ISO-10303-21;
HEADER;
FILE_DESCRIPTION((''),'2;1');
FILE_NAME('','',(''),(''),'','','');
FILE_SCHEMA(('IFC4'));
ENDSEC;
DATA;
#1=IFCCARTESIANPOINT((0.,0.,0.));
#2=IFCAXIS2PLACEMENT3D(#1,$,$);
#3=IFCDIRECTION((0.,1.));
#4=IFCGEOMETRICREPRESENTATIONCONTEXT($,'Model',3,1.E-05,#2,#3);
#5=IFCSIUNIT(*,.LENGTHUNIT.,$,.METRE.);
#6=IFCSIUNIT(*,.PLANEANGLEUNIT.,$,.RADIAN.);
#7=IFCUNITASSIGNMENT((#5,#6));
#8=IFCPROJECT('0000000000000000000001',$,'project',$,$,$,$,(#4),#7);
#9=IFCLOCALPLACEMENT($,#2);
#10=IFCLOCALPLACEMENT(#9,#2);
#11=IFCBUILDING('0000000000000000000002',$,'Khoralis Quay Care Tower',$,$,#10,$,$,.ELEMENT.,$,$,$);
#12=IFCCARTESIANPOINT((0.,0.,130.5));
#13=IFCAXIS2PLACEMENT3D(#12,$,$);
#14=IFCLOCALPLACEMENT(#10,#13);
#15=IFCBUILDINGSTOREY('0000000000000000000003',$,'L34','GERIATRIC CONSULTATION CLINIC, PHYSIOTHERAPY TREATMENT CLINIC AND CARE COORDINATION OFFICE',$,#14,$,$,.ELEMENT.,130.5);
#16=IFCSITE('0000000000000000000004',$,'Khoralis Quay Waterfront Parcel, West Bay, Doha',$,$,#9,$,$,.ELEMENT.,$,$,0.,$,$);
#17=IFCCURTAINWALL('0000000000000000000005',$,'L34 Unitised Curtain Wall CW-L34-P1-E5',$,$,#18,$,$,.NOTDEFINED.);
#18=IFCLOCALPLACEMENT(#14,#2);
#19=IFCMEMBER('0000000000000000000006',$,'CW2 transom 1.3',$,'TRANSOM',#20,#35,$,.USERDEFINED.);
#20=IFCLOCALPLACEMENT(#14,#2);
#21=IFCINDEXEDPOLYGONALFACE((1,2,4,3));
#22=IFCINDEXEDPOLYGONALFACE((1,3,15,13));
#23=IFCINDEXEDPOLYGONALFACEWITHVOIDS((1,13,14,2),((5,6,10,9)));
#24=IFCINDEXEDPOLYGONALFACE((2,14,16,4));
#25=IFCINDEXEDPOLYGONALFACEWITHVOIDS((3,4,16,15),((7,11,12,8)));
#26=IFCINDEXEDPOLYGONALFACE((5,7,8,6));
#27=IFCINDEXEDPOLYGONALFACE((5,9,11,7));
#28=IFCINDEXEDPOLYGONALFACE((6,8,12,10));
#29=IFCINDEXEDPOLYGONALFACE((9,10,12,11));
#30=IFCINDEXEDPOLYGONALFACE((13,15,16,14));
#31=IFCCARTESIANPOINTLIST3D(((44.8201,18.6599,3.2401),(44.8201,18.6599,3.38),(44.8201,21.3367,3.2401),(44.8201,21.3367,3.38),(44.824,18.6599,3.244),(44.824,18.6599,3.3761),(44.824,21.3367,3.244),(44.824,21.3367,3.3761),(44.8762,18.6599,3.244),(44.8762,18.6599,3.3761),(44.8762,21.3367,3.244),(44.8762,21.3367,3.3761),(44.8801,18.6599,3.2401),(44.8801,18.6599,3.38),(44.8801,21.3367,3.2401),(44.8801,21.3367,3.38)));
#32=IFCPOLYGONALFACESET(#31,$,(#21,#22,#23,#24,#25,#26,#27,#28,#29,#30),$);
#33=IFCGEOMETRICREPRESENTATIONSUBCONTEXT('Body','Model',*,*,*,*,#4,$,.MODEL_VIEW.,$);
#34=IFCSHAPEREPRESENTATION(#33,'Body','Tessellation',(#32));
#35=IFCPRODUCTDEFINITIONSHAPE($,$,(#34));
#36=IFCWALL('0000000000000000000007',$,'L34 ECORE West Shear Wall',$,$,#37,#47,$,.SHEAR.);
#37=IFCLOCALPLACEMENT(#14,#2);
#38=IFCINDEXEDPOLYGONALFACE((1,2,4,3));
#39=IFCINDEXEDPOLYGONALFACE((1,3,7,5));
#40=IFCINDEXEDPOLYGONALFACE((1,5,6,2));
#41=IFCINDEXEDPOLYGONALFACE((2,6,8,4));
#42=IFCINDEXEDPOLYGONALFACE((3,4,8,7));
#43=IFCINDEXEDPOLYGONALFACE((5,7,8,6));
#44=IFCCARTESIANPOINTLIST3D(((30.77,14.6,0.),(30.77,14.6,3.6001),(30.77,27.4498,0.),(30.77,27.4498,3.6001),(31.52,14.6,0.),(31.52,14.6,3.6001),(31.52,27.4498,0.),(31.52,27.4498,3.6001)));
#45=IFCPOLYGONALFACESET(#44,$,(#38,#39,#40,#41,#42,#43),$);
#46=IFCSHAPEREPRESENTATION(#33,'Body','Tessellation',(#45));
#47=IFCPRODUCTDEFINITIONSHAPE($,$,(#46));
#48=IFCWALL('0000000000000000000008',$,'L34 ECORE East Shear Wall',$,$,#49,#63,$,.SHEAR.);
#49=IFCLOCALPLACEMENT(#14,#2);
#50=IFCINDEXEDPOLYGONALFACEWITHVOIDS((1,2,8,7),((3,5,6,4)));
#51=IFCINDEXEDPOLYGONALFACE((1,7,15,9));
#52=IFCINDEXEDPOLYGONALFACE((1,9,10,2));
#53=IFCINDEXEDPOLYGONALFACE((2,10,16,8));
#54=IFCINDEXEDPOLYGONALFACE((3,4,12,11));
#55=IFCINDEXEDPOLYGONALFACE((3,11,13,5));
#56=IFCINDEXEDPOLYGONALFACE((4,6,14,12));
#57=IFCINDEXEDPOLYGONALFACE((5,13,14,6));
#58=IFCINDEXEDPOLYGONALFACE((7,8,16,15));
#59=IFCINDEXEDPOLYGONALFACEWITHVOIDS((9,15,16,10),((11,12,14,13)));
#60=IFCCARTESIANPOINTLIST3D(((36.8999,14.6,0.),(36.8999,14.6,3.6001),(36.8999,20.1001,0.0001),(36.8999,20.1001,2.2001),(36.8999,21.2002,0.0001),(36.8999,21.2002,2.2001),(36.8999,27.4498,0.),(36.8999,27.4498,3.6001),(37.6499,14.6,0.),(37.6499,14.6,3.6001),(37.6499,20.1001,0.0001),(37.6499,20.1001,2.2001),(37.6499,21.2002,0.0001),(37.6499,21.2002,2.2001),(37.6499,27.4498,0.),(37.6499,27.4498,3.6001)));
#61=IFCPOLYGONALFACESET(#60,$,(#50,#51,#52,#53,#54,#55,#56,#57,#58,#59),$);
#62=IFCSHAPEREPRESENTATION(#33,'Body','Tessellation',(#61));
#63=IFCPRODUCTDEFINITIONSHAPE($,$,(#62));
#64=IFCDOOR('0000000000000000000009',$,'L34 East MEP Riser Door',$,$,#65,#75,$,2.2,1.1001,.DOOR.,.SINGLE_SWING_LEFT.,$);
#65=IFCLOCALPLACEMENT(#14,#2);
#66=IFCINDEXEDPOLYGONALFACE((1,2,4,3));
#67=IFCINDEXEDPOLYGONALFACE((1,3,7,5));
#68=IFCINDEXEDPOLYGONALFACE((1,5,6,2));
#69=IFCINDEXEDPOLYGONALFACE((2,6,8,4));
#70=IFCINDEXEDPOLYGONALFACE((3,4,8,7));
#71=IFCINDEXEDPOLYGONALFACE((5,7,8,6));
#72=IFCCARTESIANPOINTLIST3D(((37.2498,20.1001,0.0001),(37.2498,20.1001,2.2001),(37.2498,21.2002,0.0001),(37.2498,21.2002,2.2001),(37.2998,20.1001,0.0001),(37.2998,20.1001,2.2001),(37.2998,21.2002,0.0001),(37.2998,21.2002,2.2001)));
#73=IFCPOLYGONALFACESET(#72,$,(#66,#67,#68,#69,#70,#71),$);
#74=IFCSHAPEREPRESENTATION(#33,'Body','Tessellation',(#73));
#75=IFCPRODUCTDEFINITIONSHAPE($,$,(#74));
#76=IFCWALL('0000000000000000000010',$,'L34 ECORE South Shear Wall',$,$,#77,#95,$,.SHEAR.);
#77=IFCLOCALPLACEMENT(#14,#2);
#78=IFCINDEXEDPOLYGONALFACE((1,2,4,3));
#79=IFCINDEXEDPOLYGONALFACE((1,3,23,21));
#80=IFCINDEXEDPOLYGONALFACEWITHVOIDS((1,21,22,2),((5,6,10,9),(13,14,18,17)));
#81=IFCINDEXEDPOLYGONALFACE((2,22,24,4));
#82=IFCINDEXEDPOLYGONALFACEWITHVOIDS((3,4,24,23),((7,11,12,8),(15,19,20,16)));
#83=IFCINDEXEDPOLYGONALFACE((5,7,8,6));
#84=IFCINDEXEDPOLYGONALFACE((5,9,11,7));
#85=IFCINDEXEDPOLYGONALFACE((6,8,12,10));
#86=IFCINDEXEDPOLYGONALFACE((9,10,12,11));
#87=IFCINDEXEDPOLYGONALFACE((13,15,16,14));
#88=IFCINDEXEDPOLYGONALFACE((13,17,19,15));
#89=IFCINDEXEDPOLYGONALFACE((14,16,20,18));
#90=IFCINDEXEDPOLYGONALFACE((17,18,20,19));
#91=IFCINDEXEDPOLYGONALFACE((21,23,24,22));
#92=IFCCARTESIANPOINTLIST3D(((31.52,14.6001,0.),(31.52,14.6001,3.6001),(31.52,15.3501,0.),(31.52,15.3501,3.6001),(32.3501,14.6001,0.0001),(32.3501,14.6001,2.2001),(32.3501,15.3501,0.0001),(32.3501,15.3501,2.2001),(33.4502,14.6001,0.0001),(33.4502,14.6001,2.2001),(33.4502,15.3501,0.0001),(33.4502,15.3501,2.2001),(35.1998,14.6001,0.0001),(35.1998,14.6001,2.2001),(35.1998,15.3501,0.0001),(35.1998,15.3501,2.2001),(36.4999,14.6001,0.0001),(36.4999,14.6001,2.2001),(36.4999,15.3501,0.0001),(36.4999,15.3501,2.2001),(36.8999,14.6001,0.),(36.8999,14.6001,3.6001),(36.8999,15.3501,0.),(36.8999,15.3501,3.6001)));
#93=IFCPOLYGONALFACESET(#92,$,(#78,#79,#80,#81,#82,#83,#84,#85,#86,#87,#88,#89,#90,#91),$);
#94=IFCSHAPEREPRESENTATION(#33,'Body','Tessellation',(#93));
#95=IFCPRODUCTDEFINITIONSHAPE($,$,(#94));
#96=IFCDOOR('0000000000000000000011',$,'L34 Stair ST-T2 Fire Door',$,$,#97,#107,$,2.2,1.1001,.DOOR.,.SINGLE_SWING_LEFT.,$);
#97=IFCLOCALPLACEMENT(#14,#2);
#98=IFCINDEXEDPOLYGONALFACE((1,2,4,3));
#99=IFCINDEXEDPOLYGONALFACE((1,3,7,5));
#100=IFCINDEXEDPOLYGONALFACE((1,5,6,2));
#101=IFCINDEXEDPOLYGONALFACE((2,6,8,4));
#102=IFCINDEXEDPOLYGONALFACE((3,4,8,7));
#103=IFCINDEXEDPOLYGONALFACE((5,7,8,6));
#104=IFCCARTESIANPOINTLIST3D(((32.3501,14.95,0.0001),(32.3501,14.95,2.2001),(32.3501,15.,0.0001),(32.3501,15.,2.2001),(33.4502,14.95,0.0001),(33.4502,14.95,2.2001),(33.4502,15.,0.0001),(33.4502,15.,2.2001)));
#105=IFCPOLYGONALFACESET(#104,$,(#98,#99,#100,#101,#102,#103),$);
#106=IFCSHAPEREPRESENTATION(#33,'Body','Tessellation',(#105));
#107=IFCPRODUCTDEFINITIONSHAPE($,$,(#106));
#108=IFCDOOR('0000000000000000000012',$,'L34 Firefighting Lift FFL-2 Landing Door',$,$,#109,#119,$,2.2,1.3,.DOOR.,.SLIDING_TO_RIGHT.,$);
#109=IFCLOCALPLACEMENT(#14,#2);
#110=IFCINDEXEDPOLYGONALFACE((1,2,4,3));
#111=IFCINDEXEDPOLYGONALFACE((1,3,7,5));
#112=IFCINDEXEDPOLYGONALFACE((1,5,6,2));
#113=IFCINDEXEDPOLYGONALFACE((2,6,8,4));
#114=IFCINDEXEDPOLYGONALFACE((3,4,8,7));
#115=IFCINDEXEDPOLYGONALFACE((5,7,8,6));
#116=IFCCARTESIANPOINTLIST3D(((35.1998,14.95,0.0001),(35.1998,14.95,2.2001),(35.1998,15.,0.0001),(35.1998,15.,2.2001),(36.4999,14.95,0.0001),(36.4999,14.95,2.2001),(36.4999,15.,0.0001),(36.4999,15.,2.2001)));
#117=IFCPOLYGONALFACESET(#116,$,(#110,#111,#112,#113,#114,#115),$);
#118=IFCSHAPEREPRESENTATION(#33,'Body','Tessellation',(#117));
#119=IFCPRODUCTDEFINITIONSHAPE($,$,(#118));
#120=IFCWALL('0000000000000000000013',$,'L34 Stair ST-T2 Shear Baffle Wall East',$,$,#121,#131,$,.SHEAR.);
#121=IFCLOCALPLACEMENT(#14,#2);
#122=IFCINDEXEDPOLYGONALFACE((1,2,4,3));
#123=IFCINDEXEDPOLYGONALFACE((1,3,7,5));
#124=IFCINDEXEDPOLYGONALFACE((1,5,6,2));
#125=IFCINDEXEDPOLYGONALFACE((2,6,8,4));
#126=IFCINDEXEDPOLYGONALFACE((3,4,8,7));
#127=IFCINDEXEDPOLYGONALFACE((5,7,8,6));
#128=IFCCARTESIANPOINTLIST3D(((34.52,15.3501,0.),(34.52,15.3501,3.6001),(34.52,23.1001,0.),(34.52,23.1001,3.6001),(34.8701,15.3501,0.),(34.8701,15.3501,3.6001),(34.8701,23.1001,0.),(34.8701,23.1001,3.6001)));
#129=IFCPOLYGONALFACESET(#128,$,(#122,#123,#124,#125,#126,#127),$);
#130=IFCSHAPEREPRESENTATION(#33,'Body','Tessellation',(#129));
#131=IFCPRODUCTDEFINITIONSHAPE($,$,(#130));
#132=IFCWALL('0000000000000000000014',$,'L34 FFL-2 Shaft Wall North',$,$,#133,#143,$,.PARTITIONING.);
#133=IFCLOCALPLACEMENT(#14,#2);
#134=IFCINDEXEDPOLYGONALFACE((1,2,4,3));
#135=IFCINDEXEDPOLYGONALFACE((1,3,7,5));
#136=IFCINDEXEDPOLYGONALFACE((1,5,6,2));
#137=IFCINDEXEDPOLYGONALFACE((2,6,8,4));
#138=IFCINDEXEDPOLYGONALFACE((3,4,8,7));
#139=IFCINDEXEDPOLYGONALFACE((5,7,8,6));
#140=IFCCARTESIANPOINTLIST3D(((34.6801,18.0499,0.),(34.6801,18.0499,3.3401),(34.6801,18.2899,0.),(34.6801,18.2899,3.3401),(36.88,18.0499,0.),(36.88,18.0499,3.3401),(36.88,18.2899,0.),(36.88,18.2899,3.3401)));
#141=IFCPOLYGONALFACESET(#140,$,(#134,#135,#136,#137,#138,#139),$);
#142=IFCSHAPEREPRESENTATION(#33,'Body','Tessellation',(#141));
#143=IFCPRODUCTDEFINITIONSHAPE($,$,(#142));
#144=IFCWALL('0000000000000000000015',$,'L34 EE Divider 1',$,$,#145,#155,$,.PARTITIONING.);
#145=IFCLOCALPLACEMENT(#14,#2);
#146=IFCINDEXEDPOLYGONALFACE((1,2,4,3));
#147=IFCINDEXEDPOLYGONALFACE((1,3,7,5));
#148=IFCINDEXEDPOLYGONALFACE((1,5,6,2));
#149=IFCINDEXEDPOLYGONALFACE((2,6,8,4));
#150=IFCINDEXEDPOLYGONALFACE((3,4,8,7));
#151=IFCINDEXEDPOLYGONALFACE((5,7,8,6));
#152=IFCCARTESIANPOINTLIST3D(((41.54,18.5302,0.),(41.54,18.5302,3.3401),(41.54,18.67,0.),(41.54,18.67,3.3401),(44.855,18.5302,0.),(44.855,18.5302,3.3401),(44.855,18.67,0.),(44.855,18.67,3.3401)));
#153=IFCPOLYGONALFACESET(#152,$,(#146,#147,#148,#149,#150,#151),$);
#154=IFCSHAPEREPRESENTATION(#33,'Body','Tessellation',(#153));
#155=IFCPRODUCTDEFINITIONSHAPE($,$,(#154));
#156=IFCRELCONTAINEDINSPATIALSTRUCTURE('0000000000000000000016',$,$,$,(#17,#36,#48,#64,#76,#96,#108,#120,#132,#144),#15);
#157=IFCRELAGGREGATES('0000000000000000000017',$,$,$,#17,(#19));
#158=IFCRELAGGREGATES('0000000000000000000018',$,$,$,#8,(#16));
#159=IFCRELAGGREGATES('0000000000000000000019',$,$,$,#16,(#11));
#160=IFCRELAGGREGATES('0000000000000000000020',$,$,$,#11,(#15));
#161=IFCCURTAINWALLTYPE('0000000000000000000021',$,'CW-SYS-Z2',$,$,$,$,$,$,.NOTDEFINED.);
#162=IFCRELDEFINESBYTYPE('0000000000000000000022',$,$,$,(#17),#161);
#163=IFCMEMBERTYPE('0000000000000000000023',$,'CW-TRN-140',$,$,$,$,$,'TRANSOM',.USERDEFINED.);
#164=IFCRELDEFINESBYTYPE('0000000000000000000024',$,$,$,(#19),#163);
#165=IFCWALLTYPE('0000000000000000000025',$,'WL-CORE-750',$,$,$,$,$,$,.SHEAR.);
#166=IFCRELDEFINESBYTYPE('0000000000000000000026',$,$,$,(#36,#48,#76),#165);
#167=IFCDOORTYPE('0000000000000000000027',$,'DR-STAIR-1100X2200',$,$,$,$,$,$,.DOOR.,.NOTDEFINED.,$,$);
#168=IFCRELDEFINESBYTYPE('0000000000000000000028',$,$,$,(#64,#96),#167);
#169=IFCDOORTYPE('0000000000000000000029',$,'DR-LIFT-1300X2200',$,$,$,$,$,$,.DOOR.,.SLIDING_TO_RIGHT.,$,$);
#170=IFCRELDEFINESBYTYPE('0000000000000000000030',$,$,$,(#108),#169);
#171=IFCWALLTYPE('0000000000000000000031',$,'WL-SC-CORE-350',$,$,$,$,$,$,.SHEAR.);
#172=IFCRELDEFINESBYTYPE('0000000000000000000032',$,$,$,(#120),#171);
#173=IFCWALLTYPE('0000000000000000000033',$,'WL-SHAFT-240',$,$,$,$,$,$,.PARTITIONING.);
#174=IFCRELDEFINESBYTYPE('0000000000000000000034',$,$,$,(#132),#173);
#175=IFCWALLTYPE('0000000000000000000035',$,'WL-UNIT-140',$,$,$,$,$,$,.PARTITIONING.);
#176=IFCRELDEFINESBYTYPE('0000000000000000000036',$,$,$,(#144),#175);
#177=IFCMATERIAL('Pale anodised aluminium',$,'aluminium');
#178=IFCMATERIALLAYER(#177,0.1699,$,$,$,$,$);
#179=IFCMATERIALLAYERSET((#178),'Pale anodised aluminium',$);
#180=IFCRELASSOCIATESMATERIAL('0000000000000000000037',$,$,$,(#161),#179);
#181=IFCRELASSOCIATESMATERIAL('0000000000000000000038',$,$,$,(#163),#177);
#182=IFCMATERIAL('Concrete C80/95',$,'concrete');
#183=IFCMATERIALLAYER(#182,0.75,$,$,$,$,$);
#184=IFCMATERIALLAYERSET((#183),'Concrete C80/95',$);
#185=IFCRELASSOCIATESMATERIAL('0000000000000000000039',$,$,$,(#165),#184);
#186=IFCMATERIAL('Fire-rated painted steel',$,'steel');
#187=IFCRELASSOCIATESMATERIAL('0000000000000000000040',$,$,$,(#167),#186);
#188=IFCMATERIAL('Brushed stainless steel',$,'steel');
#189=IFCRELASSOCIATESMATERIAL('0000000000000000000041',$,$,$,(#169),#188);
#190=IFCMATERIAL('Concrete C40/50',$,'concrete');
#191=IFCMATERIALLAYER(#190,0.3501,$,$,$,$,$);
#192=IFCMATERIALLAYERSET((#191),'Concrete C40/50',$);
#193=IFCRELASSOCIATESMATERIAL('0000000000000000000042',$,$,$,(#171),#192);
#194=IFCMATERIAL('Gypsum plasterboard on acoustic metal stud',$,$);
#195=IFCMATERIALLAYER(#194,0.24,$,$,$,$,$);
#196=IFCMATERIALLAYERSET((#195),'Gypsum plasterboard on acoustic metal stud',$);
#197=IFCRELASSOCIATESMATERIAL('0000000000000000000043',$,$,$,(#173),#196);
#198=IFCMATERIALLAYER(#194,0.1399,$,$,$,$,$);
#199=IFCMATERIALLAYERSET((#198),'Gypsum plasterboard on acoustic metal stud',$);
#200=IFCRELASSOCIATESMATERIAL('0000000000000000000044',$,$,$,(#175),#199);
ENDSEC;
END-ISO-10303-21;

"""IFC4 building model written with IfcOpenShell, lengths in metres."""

from ifc_helpers import new_model, si_unit, direction, frame, frame_2d, origin, origin_2d, place, context, subcontext, project, spatial, rectangle, hollow_rectangle, extrude, source, transform, mapped, material, layer, layer_set, material_profile, profile_set, type_object, element, fill, aggregate, save


model = new_model("IFC4")

# Units and contexts
model_context = context("Model", 3, precision=1e-05, world=origin(), true_north=direction((0.0, 1.0)))
body_context = subcontext(model_context, "Body", "Model", "MODEL_VIEW")
ifc_project = project(units=[si_unit("LENGTHUNIT", "METRE"), si_unit("PLANEANGLEUNIT", "RADIAN")], contexts=[model_context])

# Site, building, storey
site_placement = place(None, origin())
site = spatial("IfcSite", under=ifc_project, at=site_placement, Name="Khoralis Quay Waterfront Parcel, West Bay, Doha", CompositionType="ELEMENT", RefElevation=0.0)
building_placement = place(site_placement, origin())
building = spatial("IfcBuilding", under=site, at=building_placement, Name="Khoralis Quay Care Tower", CompositionType="ELEMENT")
storey_placement = place(building_placement, frame((0.0, 0.0, 130.5)))
storey = spatial("IfcBuildingStorey", under=building, at=storey_placement, Name="L34", Description="GERIATRIC CONSULTATION CLINIC, PHYSIOTHERAPY TREATMENT CLINIC AND CARE COORDINATION OFFICE", CompositionType="ELEMENT", Elevation=130.5)

# Curtain wall, member
ifc_material_1 = material(Name="Pale anodised aluminium", Category="aluminium")
ifc_layer_1 = layer(ifc_material_1, 0.1699)
ifc_layer_set_1 = layer_set([ifc_layer_1], Name="Pale anodised aluminium")
curtain_wall_type = type_object("IfcCurtainWallType", Name="CW-SYS-Z2", PredefinedType="NOTDEFINED", material=ifc_layer_set_1)
curtain_wall_placement = place(storey_placement, origin())
curtain_wall = element("IfcCurtainWall", 1, at=curtain_wall_placement, inside=storey, type_object=curtain_wall_type, Name="L34 Unitised Curtain Wall CW-L34-P1-E5", PredefinedType="NOTDEFINED")
ifc_material_profile_1 = material_profile(ifc_material_1, hollow_rectangle(XDim=0.0601, YDim=0.1399, WallThickness=0.0039, at=origin_2d()), Name="Pale anodised aluminium")
ifc_profile_set_1 = profile_set([ifc_material_profile_1], Name="Pale anodised aluminium")
member_type_1 = type_object("IfcMemberType", Name="CW-TRN-140", ElementType="TRANSOM", PredefinedType="USERDEFINED", material=ifc_profile_set_1)
shared_shape_1 = source(origin(), body_context, "Body", "SweptSolid", [
    extrude(hollow_rectangle(XDim=0.0601, YDim=0.1399, WallThickness=0.0039, at=origin_2d()), origin(), (0.0, 0.0, 1.0), 2.6768),
])
member_1_placement = place(storey_placement, frame((44.8501, 18.6599, 3.3101), z_axis=(0.0, 1.0, 0.0), x_axis=(-1.0, 0.0, 0.0)))
member_1 = element("IfcMember", 2, at=member_1_placement, type_object=member_type_1, Name="CW2 transom 1.3", ObjectType="TRANSOM", PredefinedType="USERDEFINED", context=body_context, shape_type="MappedRepresentation", body=[
    mapped(shared_shape_1, transform((0.0, 0.0, 0.0), scale=1.0)),
])
aggregate(curtain_wall, [member_1])

# Wall
ifc_material_2 = material(Name="Concrete C80/95", Category="concrete")
ifc_layer_2 = layer(ifc_material_2, 0.75)
ifc_layer_set_2 = layer_set([ifc_layer_2], Name="Concrete C80/95")
wall_type_1 = type_object("IfcWallType", Name="WL-CORE-750", PredefinedType="SHEAR", material=ifc_layer_set_2)
wall_1_placement = place(storey_placement, frame((31.145, 14.6001, 0.0), z_axis=(0.0, 0.0, 1.0), x_axis=(0.0, 1.0, 0.0)))
element("IfcWall", 3, at=wall_1_placement, inside=storey, type_object=wall_type_1, Name="L34 ECORE West Shear Wall", PredefinedType="SHEAR", context=body_context, shape_type="SweptSolid", body=[
    extrude(rectangle(XDim=12.8499, YDim=0.75, at=frame_2d((6.4248, 0.0))), origin(), (0.0, 0.0, 1.0), 3.6001),
])

# Wall, opening, door
wall_2_placement = place(storey_placement, frame((37.2749, 14.6001, 0.0), z_axis=(0.0, 0.0, 1.0), x_axis=(0.0, 1.0, 0.0)))
wall_2 = element("IfcWall", 4, at=wall_2_placement, inside=storey, type_object=wall_type_1, Name="L34 ECORE East Shear Wall", PredefinedType="SHEAR", context=body_context, shape_type="SweptSolid", body=[
    extrude(rectangle(XDim=12.8499, YDim=0.75, at=frame_2d((6.4248, 0.0))), origin(), (0.0, 0.0, 1.0), 3.6001),
])
opening_1_placement = place(wall_2_placement, frame((5.5, 0.0, 0.0)))
opening_1 = element("IfcOpeningElement", 5, at=opening_1_placement, cuts=wall_2, PredefinedType="OPENING", context=body_context, shape_type="SweptSolid", body=[
    extrude(rectangle(XDim=1.1001, YDim=2.2, at=frame_2d((0.55, 1.1001))), frame((0.0, 0.385, 0.0), z_axis=(0.0, -1.0, 0.0), x_axis=(1.0, 0.0, 0.0)), (0.0, 0.0, 1.0), 0.77),
])
ifc_material_3 = material(Name="Fire-rated painted steel", Category="steel")
door_type_1 = type_object("IfcDoorType", Name="DR-STAIR-1100X2200", OperationType="NOTDEFINED", PredefinedType="DOOR", material=ifc_material_3)
shared_shape_2 = source(origin(), body_context, "Body", "SweptSolid", [
    extrude(rectangle(XDim=1.1001, YDim=2.2, at=frame_2d((0.55, 1.1001))), frame((0.0, 0.0249, 0.0), z_axis=(0.0, -1.0, 0.0), x_axis=(1.0, 0.0, 0.0)), (0.0, 0.0, 1.0), 0.05),
])
door_1_placement = place(opening_1_placement, frame((1.1001, 0.0, 0.0), z_axis=(0.0, 0.0, 1.0), x_axis=(-1.0, 0.0, 0.0)))
door_1 = element("IfcDoor", 6, at=door_1_placement, inside=storey, type_object=door_type_1, Name="L34 East MEP Riser Door", OperationType="SINGLE_SWING_LEFT", OverallHeight=2.2, OverallWidth=1.1001, PredefinedType="DOOR", context=body_context, shape_type="MappedRepresentation", body=[
    mapped(shared_shape_2, transform((0.0, 0.0, 0.0), scale=1.0)),
])
fill(opening_1, door_1)

# Wall, openings, doors
wall_3_placement = place(storey_placement, frame((31.52, 14.9751, 0.0), z_axis=(0.0, 0.0, 1.0), x_axis=(1.0, 0.0, 0.0)))
wall_3 = element("IfcWall", 7, at=wall_3_placement, inside=storey, type_object=wall_type_1, Name="L34 ECORE South Shear Wall", PredefinedType="SHEAR", context=body_context, shape_type="SweptSolid", body=[
    extrude(rectangle(XDim=5.3799, YDim=0.75, at=frame_2d((2.6899, 0.0))), origin(), (0.0, 0.0, 1.0), 3.6001),
])
opening_2_placement = place(wall_3_placement, frame((0.8301, 0.0, 0.0)))
opening_2 = element("IfcOpeningElement", 8, at=opening_2_placement, cuts=wall_3, PredefinedType="OPENING", context=body_context, shape_type="SweptSolid", body=[
    extrude(rectangle(XDim=1.1001, YDim=2.2, at=frame_2d((0.55, 1.1001))), frame((0.0, 0.385, 0.0), z_axis=(0.0, -1.0, 0.0), x_axis=(1.0, 0.0, 0.0)), (0.0, 0.0, 1.0), 0.77),
])
opening_3_placement = place(wall_3_placement, frame((3.6799, 0.0, 0.0)))
opening_3 = element("IfcOpeningElement", 9, at=opening_3_placement, cuts=wall_3, PredefinedType="OPENING", context=body_context, shape_type="SweptSolid", body=[
    extrude(rectangle(XDim=1.3, YDim=2.2, at=frame_2d((0.6499, 1.1001))), frame((0.0, 0.385, 0.0), z_axis=(0.0, -1.0, 0.0), x_axis=(1.0, 0.0, 0.0)), (0.0, 0.0, 1.0), 0.77),
])
door_2_placement = place(opening_2_placement, origin())
door_2 = element("IfcDoor", 10, at=door_2_placement, inside=storey, type_object=door_type_1, Name="L34 Stair ST-T2 Fire Door", OperationType="SINGLE_SWING_LEFT", OverallHeight=2.2, OverallWidth=1.1001, PredefinedType="DOOR", context=body_context, shape_type="MappedRepresentation", body=[
    mapped(shared_shape_2, transform((0.0, 0.0, 0.0), scale=1.0)),
])
fill(opening_2, door_2)
ifc_material_4 = material(Name="Brushed stainless steel", Category="steel")
door_type_2 = type_object("IfcDoorType", Name="DR-LIFT-1300X2200", OperationType="SLIDING_TO_RIGHT", PredefinedType="DOOR", material=ifc_material_4)
shared_shape_3 = source(origin(), body_context, "Body", "SweptSolid", [
    extrude(rectangle(XDim=1.3, YDim=2.2, at=frame_2d((0.6499, 1.1001))), frame((0.0, 0.0249, 0.0), z_axis=(0.0, -1.0, 0.0), x_axis=(1.0, 0.0, 0.0)), (0.0, 0.0, 1.0), 0.05),
])
door_3_placement = place(opening_3_placement, origin())
door_3 = element("IfcDoor", 11, at=door_3_placement, inside=storey, type_object=door_type_2, Name="L34 Firefighting Lift FFL-2 Landing Door", OperationType="SLIDING_TO_RIGHT", OverallHeight=2.2, OverallWidth=1.3, PredefinedType="DOOR", context=body_context, shape_type="MappedRepresentation", body=[
    mapped(shared_shape_3, transform((0.0, 0.0, 0.0), scale=1.0)),
])
fill(opening_3, door_3)

# Walls
ifc_material_5 = material(Name="Concrete C40/50", Category="concrete")
ifc_layer_3 = layer(ifc_material_5, 0.3501)
ifc_layer_set_3 = layer_set([ifc_layer_3], Name="Concrete C40/50")
wall_type_2 = type_object("IfcWallType", Name="WL-SC-CORE-350", PredefinedType="SHEAR", material=ifc_layer_set_3)
wall_4_placement = place(storey_placement, frame((34.6951, 15.3501, 0.0), z_axis=(0.0, 0.0, 1.0), x_axis=(0.0, 1.0, 0.0)))
element("IfcWall", 12, at=wall_4_placement, inside=storey, type_object=wall_type_2, Name="L34 Stair ST-T2 Shear Baffle Wall East", PredefinedType="SHEAR", context=body_context, shape_type="SweptSolid", body=[
    extrude(rectangle(XDim=7.75, YDim=0.3501, at=frame_2d((3.875, 0.0))), origin(), (0.0, 0.0, 1.0), 3.6001),
])
ifc_material_6 = material(Name="Gypsum plasterboard on acoustic metal stud")
ifc_layer_4 = layer(ifc_material_6, 0.24)
ifc_layer_set_4 = layer_set([ifc_layer_4], Name="Gypsum plasterboard on acoustic metal stud")
wall_type_3 = type_object("IfcWallType", Name="WL-SHAFT-240", PredefinedType="PARTITIONING", material=ifc_layer_set_4)
wall_5_placement = place(storey_placement, frame((34.6799, 18.1699, 0.0), z_axis=(0.0, 0.0, 1.0), x_axis=(1.0, 0.0, 0.0)))
element("IfcWall", 13, at=wall_5_placement, inside=storey, type_object=wall_type_3, Name="L34 FFL-2 Shaft Wall North", PredefinedType="PARTITIONING", context=body_context, shape_type="SweptSolid", body=[
    extrude(rectangle(XDim=2.2, YDim=0.24, at=frame_2d((1.1001, 0.0))), origin(), (0.0, 0.0, 1.0), 3.3401),
])
ifc_layer_5 = layer(ifc_material_6, 0.1399)
ifc_layer_set_5 = layer_set([ifc_layer_5], Name="Gypsum plasterboard on acoustic metal stud")
wall_type_4 = type_object("IfcWallType", Name="WL-UNIT-140", PredefinedType="PARTITIONING", material=ifc_layer_set_5)
wall_6_placement = place(storey_placement, frame((41.54, 18.6001, 0.0), z_axis=(0.0, 0.0, 1.0), x_axis=(1.0, 0.0, 0.0)))
element("IfcWall", 14, at=wall_6_placement, inside=storey, type_object=wall_type_4, Name="L34 EE Divider 1", PredefinedType="PARTITIONING", context=body_context, shape_type="SweptSolid", body=[
    extrude(rectangle(XDim=3.3149, YDim=0.1399, at=frame_2d((1.6575, 0.0))), origin(), (0.0, 0.0, 1.0), 3.3401),
])

save(model, "model.ifc")
